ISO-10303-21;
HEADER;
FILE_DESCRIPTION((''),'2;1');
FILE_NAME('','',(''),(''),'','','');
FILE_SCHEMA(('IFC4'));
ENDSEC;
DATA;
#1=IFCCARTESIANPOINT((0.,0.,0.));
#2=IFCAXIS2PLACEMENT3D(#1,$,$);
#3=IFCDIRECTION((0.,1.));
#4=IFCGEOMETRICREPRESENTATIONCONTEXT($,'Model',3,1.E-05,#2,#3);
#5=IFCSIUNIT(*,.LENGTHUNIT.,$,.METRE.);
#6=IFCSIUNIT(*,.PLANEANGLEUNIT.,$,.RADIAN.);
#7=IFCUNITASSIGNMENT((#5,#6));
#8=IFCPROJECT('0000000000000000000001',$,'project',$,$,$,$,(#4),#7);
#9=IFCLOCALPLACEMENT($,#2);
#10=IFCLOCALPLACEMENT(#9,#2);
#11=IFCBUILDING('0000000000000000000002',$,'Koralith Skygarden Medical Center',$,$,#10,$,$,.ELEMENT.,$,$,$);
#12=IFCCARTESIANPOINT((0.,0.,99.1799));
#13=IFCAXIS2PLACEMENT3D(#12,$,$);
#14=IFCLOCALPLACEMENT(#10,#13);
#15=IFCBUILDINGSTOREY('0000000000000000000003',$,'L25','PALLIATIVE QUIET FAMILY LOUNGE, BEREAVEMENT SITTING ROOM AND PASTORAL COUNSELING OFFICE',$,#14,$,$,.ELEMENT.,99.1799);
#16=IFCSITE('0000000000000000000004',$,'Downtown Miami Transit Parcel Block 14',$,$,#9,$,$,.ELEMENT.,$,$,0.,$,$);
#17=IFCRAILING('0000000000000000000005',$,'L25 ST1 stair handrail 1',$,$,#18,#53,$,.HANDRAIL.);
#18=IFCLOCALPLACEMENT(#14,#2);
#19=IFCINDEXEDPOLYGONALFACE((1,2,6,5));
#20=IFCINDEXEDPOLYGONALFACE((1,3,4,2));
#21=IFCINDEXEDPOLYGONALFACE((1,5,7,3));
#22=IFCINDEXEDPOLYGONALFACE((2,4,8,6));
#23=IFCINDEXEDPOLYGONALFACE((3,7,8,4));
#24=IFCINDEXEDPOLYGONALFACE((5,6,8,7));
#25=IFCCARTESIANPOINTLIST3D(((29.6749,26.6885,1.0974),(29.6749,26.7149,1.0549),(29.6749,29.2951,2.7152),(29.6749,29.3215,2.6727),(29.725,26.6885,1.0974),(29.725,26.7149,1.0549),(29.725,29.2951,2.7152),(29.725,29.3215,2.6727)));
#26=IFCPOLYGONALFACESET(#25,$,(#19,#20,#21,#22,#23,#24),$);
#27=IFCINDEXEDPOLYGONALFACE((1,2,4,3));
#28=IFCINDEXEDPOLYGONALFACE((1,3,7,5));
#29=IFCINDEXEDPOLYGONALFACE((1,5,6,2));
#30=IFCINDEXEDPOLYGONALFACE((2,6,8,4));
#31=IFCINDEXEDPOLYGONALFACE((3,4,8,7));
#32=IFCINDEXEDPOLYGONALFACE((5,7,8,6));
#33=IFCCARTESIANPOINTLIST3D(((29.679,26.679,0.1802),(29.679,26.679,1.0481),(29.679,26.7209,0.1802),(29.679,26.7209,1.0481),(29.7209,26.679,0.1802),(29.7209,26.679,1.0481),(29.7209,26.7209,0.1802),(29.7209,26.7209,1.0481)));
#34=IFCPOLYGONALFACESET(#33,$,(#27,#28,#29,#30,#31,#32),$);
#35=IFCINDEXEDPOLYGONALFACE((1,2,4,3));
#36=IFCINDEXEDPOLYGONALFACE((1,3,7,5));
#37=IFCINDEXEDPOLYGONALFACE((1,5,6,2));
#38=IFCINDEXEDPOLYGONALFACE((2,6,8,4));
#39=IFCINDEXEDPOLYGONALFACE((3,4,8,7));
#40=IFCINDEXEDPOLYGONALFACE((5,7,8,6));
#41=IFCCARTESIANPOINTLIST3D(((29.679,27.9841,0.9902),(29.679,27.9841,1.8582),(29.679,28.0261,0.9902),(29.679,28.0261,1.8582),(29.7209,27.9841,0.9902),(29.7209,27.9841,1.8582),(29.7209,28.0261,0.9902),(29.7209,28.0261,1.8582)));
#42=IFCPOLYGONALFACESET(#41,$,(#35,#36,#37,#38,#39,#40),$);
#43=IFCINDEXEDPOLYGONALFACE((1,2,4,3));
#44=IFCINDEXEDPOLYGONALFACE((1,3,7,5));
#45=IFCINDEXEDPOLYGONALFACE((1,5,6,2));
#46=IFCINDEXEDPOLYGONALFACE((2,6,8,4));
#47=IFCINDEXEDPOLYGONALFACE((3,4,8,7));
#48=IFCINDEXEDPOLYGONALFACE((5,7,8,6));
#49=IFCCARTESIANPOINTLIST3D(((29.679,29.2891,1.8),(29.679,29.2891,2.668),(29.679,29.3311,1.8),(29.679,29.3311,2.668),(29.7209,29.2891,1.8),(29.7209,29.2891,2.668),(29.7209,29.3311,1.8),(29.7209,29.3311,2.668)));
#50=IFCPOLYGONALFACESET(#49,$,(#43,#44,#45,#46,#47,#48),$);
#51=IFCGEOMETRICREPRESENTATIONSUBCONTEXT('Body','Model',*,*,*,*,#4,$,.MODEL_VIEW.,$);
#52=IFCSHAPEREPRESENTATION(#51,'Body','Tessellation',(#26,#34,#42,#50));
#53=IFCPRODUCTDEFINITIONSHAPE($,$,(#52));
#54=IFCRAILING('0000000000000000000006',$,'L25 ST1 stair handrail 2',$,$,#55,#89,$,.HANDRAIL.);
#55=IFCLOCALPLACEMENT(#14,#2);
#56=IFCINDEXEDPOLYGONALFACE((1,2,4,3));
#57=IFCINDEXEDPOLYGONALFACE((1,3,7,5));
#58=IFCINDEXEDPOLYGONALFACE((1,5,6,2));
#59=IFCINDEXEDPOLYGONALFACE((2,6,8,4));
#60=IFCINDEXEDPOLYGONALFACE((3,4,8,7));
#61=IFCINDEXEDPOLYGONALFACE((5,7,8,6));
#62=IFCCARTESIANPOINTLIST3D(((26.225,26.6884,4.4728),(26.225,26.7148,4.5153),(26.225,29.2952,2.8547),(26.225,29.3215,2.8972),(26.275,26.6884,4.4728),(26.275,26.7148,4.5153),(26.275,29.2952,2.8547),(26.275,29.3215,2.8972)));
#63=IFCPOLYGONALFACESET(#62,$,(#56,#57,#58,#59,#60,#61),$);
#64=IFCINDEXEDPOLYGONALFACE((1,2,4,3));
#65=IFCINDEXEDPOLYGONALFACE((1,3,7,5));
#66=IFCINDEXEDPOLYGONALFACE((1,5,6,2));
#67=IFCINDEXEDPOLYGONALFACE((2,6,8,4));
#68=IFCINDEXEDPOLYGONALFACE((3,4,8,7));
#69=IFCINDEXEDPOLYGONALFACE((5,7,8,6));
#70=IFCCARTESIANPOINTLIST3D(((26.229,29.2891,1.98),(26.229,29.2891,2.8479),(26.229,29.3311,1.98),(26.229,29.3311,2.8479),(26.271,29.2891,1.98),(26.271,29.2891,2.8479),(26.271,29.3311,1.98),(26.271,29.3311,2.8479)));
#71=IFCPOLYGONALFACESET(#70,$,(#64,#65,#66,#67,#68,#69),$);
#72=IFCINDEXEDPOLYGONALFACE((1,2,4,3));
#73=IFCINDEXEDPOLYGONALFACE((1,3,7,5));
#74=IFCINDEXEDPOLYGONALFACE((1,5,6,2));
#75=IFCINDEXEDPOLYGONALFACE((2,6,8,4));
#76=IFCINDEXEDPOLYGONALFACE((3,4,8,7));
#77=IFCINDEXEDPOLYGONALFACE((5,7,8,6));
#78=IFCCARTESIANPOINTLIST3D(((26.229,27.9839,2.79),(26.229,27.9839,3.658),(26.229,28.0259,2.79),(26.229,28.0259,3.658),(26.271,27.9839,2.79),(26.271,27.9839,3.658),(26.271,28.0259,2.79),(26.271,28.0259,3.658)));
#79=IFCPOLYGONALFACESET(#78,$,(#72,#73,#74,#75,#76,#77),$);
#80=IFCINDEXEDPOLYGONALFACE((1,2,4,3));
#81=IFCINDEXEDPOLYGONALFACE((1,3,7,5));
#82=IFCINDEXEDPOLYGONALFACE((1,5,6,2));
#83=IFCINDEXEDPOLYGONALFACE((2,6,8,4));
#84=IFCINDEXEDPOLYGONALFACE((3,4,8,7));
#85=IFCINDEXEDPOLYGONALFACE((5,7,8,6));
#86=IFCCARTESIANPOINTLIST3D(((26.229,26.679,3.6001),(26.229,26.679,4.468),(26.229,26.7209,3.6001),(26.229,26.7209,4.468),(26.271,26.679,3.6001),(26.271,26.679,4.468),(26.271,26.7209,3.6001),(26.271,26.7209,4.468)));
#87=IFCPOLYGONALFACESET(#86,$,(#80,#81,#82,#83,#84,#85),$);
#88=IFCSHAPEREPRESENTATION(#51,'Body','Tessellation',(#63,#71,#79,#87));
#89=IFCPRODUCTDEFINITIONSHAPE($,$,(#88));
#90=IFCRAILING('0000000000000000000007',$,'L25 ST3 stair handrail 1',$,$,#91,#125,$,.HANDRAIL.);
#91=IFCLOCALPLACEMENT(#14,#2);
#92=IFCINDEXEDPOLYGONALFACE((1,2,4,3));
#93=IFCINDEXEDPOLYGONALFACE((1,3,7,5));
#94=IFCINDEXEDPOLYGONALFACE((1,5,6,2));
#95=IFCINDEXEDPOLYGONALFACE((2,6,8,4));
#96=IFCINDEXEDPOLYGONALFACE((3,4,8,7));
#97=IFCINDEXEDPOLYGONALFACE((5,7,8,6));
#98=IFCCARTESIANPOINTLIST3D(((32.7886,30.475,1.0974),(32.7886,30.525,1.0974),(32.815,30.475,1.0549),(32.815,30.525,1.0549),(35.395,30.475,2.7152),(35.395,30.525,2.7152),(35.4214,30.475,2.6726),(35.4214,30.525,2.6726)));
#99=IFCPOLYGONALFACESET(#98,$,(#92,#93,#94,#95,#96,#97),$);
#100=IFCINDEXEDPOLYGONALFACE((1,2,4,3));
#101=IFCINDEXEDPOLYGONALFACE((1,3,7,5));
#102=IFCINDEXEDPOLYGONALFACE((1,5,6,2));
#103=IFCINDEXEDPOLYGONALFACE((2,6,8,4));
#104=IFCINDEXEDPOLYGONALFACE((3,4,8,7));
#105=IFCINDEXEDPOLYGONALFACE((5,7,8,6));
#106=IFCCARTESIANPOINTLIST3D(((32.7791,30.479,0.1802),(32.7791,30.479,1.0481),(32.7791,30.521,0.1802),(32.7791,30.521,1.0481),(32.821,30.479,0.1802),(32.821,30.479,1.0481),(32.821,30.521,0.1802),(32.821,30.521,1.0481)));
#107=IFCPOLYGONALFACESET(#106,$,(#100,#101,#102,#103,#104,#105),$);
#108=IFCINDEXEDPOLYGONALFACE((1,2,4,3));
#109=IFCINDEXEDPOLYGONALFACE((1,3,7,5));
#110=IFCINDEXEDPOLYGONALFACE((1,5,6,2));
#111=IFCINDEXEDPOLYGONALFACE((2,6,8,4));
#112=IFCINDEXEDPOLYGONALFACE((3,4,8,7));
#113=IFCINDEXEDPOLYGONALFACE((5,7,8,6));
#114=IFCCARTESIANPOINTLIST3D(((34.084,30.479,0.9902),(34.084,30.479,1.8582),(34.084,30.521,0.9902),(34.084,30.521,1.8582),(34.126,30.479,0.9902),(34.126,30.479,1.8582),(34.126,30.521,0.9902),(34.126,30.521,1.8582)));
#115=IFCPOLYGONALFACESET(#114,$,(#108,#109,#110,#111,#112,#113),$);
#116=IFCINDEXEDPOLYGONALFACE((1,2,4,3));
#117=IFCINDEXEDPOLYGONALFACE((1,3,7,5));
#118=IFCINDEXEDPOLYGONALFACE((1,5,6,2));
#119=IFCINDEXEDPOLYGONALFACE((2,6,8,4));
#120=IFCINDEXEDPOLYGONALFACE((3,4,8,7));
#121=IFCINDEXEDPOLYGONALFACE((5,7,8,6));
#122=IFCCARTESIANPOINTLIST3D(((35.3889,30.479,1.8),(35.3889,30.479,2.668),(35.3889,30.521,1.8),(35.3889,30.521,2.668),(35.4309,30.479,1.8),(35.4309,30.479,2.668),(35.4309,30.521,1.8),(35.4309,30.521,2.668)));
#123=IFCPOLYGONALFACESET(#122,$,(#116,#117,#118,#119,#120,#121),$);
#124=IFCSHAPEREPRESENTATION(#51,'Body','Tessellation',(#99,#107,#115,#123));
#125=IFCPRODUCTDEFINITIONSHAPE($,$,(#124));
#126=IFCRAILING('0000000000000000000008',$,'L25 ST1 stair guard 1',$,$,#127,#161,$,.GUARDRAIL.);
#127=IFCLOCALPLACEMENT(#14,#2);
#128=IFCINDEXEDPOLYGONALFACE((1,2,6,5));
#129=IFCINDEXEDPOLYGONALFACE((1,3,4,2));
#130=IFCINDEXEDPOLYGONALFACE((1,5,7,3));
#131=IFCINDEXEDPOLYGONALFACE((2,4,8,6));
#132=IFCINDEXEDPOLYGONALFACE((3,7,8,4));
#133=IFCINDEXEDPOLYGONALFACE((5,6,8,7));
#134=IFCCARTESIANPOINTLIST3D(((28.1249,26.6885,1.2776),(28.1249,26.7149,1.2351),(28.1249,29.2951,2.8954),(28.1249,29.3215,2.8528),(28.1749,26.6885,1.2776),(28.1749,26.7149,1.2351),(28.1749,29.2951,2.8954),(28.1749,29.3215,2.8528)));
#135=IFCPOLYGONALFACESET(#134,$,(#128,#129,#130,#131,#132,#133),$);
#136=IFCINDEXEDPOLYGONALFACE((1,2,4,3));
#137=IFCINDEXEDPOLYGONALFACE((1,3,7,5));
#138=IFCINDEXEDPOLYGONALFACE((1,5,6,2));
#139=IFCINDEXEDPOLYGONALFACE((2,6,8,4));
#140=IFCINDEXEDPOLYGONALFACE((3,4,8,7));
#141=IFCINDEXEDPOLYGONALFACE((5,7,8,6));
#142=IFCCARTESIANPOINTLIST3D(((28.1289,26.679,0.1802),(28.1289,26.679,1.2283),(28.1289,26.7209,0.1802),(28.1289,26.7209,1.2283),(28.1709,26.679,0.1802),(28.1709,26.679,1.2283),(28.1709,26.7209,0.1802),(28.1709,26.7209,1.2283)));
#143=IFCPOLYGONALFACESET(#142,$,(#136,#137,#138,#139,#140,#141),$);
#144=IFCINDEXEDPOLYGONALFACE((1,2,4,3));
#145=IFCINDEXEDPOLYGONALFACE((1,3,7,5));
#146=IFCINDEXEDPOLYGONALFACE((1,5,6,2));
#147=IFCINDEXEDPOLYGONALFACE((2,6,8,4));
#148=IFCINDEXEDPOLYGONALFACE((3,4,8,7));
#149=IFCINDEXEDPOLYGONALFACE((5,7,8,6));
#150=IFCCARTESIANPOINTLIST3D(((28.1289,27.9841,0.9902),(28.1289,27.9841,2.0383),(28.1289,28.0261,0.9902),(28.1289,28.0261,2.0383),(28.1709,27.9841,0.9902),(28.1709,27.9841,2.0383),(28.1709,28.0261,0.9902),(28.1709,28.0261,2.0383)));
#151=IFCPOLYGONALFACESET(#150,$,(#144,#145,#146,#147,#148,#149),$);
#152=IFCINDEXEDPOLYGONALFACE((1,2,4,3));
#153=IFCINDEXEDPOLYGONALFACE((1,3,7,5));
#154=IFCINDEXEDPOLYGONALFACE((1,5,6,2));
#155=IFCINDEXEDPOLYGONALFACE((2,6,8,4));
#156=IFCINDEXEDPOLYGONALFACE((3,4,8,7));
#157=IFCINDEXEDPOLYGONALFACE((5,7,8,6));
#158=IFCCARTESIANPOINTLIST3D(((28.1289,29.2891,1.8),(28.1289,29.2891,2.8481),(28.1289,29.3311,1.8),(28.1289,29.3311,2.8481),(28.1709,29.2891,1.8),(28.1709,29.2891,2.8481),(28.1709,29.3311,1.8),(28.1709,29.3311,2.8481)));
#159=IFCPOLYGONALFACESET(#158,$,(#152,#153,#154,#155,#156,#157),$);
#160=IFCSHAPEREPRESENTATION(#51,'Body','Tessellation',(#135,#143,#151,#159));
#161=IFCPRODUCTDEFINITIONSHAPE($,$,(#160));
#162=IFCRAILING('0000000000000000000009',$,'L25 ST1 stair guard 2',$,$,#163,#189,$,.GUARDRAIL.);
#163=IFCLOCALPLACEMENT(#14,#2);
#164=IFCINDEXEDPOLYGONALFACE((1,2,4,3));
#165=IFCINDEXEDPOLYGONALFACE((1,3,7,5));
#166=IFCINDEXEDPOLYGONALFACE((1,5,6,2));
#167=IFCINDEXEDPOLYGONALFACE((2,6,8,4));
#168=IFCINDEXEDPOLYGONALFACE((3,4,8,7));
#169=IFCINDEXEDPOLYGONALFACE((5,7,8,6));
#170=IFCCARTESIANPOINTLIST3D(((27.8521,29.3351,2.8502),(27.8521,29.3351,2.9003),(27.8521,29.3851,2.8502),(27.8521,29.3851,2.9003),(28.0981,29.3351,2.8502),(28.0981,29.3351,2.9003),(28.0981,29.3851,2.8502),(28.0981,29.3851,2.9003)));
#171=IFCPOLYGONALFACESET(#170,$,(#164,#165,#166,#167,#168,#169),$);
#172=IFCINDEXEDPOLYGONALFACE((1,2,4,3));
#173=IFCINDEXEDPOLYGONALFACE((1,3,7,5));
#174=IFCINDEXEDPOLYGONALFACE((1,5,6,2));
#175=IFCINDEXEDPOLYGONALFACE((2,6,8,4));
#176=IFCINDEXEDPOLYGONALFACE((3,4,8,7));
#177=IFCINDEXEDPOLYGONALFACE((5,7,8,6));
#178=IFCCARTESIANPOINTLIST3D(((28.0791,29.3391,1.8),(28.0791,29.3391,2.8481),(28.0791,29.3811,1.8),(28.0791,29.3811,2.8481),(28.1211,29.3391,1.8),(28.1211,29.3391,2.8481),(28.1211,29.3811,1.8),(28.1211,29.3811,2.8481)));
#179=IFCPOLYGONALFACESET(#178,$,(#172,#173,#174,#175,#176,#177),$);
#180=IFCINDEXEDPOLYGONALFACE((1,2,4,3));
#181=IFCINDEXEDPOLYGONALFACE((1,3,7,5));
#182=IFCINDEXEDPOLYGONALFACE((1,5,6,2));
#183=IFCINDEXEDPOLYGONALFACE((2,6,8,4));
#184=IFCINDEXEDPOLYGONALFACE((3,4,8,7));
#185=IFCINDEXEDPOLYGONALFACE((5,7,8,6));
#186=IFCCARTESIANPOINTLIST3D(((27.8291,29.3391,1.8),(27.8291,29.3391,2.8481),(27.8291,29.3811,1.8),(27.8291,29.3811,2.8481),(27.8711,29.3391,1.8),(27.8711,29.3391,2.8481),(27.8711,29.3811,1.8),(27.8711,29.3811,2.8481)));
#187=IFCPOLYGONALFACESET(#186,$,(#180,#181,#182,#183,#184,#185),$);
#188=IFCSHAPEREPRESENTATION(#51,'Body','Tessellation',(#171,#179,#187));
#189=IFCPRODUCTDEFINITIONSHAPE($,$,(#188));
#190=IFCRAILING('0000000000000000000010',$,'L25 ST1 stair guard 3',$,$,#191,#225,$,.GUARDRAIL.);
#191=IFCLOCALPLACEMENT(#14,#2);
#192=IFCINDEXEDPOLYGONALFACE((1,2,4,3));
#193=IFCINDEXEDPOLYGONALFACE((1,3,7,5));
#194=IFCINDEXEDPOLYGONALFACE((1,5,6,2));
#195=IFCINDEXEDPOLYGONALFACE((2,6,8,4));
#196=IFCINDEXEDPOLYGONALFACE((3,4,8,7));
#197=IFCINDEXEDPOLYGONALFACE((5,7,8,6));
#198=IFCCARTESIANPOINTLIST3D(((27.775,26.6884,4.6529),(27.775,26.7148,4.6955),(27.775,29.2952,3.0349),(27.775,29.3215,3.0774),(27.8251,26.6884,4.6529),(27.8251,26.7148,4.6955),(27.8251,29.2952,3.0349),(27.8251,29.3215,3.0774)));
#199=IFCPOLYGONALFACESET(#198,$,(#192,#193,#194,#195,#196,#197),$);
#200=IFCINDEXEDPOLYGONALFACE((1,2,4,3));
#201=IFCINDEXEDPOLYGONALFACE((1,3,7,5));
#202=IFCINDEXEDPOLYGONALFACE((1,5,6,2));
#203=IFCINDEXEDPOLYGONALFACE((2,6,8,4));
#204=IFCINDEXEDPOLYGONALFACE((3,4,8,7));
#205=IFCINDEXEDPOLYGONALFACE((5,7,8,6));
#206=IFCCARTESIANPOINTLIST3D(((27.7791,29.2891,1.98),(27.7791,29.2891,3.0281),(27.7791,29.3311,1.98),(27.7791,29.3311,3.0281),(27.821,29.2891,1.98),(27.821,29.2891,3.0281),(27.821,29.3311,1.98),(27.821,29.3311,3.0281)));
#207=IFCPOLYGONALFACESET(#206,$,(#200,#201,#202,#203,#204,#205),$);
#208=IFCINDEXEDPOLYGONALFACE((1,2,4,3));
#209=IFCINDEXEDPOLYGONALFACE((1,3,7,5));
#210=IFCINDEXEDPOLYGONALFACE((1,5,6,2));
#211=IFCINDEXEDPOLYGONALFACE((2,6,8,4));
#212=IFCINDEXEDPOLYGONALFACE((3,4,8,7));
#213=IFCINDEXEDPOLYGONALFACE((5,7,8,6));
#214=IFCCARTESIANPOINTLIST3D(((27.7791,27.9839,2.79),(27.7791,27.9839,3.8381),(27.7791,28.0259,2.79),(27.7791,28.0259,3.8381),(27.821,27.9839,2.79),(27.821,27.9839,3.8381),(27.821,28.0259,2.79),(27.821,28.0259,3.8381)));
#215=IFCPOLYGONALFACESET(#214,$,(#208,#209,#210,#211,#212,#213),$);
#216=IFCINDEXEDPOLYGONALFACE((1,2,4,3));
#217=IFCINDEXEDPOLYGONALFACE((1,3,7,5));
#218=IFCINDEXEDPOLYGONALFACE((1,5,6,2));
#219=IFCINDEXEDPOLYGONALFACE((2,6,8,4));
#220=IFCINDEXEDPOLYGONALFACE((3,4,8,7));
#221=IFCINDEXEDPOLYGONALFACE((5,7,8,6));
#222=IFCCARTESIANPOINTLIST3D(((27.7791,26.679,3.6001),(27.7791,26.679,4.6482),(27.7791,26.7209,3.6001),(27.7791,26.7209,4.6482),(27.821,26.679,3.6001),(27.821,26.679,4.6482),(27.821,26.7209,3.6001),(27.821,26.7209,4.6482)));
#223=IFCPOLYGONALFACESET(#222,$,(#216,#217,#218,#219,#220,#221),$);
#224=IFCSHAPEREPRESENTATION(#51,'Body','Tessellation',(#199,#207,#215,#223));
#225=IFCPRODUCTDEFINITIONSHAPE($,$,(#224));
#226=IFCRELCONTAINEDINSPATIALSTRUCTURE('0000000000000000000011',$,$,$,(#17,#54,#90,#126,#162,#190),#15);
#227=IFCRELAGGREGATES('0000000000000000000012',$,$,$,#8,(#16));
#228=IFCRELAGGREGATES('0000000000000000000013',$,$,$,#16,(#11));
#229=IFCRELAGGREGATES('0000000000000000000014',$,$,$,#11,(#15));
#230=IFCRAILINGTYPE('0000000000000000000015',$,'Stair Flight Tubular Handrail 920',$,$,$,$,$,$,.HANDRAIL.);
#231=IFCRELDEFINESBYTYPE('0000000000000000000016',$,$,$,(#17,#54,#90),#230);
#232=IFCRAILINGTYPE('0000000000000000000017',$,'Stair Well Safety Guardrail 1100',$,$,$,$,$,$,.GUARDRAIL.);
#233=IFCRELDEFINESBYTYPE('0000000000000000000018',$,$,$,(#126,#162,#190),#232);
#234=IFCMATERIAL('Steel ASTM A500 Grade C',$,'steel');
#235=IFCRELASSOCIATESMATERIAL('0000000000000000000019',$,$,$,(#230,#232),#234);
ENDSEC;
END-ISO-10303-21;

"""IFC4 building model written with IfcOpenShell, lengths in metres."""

from ifc_helpers import new_model, si_unit, direction, frame, origin, origin_2d, place, context, subcontext, project, spatial, rectangle, extrude, material, type_object, element, save


model = new_model("IFC4")

# Units and contexts
model_context = context("Model", 3, precision=1e-05, world=origin(), true_north=direction((0.0, 1.0)))
body_context = subcontext(model_context, "Body", "Model", "MODEL_VIEW")
ifc_project = project(units=[si_unit("LENGTHUNIT", "METRE"), si_unit("PLANEANGLEUNIT", "RADIAN")], contexts=[model_context])

# Site, building, storey
site_placement = place(None, origin())
site = spatial("IfcSite", under=ifc_project, at=site_placement, Name="Downtown Miami Transit Parcel Block 14", CompositionType="ELEMENT", RefElevation=0.0)
building_placement = place(site_placement, origin())
building = spatial("IfcBuilding", under=site, at=building_placement, Name="Koralith Skygarden Medical Center", CompositionType="ELEMENT")
storey_placement = place(building_placement, frame((0.0, 0.0, 99.1799)))
storey = spatial("IfcBuildingStorey", under=building, at=storey_placement, Name="L25", Description="PALLIATIVE QUIET FAMILY LOUNGE, BEREAVEMENT SITTING ROOM AND PASTORAL COUNSELING OFFICE", CompositionType="ELEMENT", Elevation=99.1799)

# Shared definitions
ifc_material_1 = material(Name="Steel ASTM A500 Grade C", Category="steel")

# Railings
railing_type_1 = type_object("IfcRailingType", Name="Stair Flight Tubular Handrail 920", PredefinedType="HANDRAIL", material=ifc_material_1)
railing_1_placement = place(storey_placement, frame((29.7, 26.7, 0.1802)))
element("IfcRailing", 1, at=railing_1_placement, inside=storey, type_object=railing_type_1, Name="L25 ST1 stair handrail 1", PredefinedType="HANDRAIL", context=body_context, shape_type="SweptSolid", body=[
    extrude(rectangle(XDim=0.05, YDim=0.05, at=origin_2d()), frame((0.0, 0.0017, 0.896), z_axis=(0.0, 0.849668, 0.527317), x_axis=(-1.0, 0.0, 0.0)), (0.0, 0.0, 1.0), 3.0679),
    extrude(rectangle(XDim=0.042, YDim=0.042, at=origin_2d()), origin(), (0.0, 0.0, 1.0), 0.8679),
    extrude(rectangle(XDim=0.042, YDim=0.042, at=origin_2d()), frame((0.0, 1.3052, 0.8101)), (0.0, 0.0, 1.0), 0.8679),
    extrude(rectangle(XDim=0.042, YDim=0.042, at=origin_2d()), frame((0.0, 2.6101, 1.6199)), (0.0, 0.0, 1.0), 0.8679),
])
railing_2_placement = place(storey_placement, frame((26.25, 29.3101, 1.98)))
element("IfcRailing", 2, at=railing_2_placement, inside=storey, type_object=railing_type_1, Name="L25 ST1 stair handrail 2", PredefinedType="HANDRAIL", context=body_context, shape_type="SweptSolid", body=[
    extrude(rectangle(XDim=0.05, YDim=0.05, at=origin_2d()), frame((0.0, -0.0017, 0.896), z_axis=(0.0, -0.849633, 0.527375), x_axis=(1.0, 0.0, 0.0)), (0.0, 0.0, 1.0), 3.0681),
    extrude(rectangle(XDim=0.042, YDim=0.042, at=origin_2d()), origin(), (0.0, 0.0, 1.0), 0.8679),
    extrude(rectangle(XDim=0.042, YDim=0.042, at=origin_2d()), frame((0.0, -1.3052, 0.8101)), (0.0, 0.0, 1.0), 0.8679),
    extrude(rectangle(XDim=0.042, YDim=0.042, at=origin_2d()), frame((0.0, -2.6101, 1.6201)), (0.0, 0.0, 1.0), 0.8679),
])
railing_3_placement = place(storey_placement, frame((32.8, 30.5, 0.1802)))
element("IfcRailing", 3, at=railing_3_placement, inside=storey, type_object=railing_type_1, Name="L25 ST3 stair handrail 1", PredefinedType="HANDRAIL", context=body_context, shape_type="SweptSolid", body=[
    extrude(rectangle(XDim=0.05, YDim=0.05, at=origin_2d()), frame((0.0017, 0.0, 0.896), z_axis=(0.849646, 0.0, 0.527353), x_axis=(0.0, 1.0, 0.0)), (0.0, 0.0, 1.0), 3.0676),
    extrude(rectangle(XDim=0.042, YDim=0.042, at=origin_2d()), origin(), (0.0, 0.0, 1.0), 0.8679),
    extrude(rectangle(XDim=0.042, YDim=0.042, at=origin_2d()), frame((1.3049, 0.0, 0.8101)), (0.0, 0.0, 1.0), 0.8679),
    extrude(rectangle(XDim=0.042, YDim=0.042, at=origin_2d()), frame((2.6099, 0.0, 1.6199)), (0.0, 0.0, 1.0), 0.8679),
])
railing_type_2 = type_object("IfcRailingType", Name="Stair Well Safety Guardrail 1100", PredefinedType="GUARDRAIL", material=ifc_material_1)
railing_4_placement = place(storey_placement, frame((28.1499, 26.7, 0.1802)))
element("IfcRailing", 4, at=railing_4_placement, inside=storey, type_object=railing_type_2, Name="L25 ST1 stair guard 1", PredefinedType="GUARDRAIL", context=body_context, shape_type="SweptSolid", body=[
    extrude(rectangle(XDim=0.05, YDim=0.05, at=origin_2d()), frame((0.0, 0.0017, 1.0762), z_axis=(0.0, 0.849668, 0.527317), x_axis=(-1.0, 0.0, 0.0)), (0.0, 0.0, 1.0), 3.0679),
    extrude(rectangle(XDim=0.042, YDim=0.042, at=origin_2d()), origin(), (0.0, 0.0, 1.0), 1.0481),
    extrude(rectangle(XDim=0.042, YDim=0.042, at=origin_2d()), frame((0.0, 1.3052, 0.8101)), (0.0, 0.0, 1.0), 1.0481),
    extrude(rectangle(XDim=0.042, YDim=0.042, at=origin_2d()), frame((0.0, 2.6101, 1.6199)), (0.0, 0.0, 1.0), 1.0481),
])
railing_5_placement = place(storey_placement, frame((28.1001, 29.3601, 1.8)))
element("IfcRailing", 5, at=railing_5_placement, inside=storey, type_object=railing_type_2, Name="L25 ST1 stair guard 2", PredefinedType="GUARDRAIL", context=body_context, shape_type="SweptSolid", body=[
    extrude(rectangle(XDim=0.05, YDim=0.05, at=origin_2d()), frame((-0.002, 0.0, 1.0752), z_axis=(-1.0, 0.0, 0.0), x_axis=(0.0, -1.0, 0.0)), (0.0, 0.0, 1.0), 0.2461),
    extrude(rectangle(XDim=0.042, YDim=0.042, at=origin_2d()), origin(), (0.0, 0.0, 1.0), 1.0481),
    extrude(rectangle(XDim=0.042, YDim=0.042, at=origin_2d()), frame((-0.25, 0.0, 0.0)), (0.0, 0.0, 1.0), 1.0481),
])
railing_6_placement = place(storey_placement, frame((27.8, 29.3101, 1.98)))
element("IfcRailing", 6, at=railing_6_placement, inside=storey, type_object=railing_type_2, Name="L25 ST1 stair guard 3", PredefinedType="GUARDRAIL", context=body_context, shape_type="SweptSolid", body=[
    extrude(rectangle(XDim=0.05, YDim=0.05, at=origin_2d()), frame((0.0, -0.0017, 1.0762), z_axis=(0.0, -0.849633, 0.527375), x_axis=(1.0, 0.0, 0.0)), (0.0, 0.0, 1.0), 3.0681),
    extrude(rectangle(XDim=0.042, YDim=0.042, at=origin_2d()), origin(), (0.0, 0.0, 1.0), 1.0481),
    extrude(rectangle(XDim=0.042, YDim=0.042, at=origin_2d()), frame((0.0, -1.3052, 0.8101)), (0.0, 0.0, 1.0), 1.0481),
    extrude(rectangle(XDim=0.042, YDim=0.042, at=origin_2d()), frame((0.0, -2.6101, 1.6201)), (0.0, 0.0, 1.0), 1.0481),
])

save(model, "model.ifc")
